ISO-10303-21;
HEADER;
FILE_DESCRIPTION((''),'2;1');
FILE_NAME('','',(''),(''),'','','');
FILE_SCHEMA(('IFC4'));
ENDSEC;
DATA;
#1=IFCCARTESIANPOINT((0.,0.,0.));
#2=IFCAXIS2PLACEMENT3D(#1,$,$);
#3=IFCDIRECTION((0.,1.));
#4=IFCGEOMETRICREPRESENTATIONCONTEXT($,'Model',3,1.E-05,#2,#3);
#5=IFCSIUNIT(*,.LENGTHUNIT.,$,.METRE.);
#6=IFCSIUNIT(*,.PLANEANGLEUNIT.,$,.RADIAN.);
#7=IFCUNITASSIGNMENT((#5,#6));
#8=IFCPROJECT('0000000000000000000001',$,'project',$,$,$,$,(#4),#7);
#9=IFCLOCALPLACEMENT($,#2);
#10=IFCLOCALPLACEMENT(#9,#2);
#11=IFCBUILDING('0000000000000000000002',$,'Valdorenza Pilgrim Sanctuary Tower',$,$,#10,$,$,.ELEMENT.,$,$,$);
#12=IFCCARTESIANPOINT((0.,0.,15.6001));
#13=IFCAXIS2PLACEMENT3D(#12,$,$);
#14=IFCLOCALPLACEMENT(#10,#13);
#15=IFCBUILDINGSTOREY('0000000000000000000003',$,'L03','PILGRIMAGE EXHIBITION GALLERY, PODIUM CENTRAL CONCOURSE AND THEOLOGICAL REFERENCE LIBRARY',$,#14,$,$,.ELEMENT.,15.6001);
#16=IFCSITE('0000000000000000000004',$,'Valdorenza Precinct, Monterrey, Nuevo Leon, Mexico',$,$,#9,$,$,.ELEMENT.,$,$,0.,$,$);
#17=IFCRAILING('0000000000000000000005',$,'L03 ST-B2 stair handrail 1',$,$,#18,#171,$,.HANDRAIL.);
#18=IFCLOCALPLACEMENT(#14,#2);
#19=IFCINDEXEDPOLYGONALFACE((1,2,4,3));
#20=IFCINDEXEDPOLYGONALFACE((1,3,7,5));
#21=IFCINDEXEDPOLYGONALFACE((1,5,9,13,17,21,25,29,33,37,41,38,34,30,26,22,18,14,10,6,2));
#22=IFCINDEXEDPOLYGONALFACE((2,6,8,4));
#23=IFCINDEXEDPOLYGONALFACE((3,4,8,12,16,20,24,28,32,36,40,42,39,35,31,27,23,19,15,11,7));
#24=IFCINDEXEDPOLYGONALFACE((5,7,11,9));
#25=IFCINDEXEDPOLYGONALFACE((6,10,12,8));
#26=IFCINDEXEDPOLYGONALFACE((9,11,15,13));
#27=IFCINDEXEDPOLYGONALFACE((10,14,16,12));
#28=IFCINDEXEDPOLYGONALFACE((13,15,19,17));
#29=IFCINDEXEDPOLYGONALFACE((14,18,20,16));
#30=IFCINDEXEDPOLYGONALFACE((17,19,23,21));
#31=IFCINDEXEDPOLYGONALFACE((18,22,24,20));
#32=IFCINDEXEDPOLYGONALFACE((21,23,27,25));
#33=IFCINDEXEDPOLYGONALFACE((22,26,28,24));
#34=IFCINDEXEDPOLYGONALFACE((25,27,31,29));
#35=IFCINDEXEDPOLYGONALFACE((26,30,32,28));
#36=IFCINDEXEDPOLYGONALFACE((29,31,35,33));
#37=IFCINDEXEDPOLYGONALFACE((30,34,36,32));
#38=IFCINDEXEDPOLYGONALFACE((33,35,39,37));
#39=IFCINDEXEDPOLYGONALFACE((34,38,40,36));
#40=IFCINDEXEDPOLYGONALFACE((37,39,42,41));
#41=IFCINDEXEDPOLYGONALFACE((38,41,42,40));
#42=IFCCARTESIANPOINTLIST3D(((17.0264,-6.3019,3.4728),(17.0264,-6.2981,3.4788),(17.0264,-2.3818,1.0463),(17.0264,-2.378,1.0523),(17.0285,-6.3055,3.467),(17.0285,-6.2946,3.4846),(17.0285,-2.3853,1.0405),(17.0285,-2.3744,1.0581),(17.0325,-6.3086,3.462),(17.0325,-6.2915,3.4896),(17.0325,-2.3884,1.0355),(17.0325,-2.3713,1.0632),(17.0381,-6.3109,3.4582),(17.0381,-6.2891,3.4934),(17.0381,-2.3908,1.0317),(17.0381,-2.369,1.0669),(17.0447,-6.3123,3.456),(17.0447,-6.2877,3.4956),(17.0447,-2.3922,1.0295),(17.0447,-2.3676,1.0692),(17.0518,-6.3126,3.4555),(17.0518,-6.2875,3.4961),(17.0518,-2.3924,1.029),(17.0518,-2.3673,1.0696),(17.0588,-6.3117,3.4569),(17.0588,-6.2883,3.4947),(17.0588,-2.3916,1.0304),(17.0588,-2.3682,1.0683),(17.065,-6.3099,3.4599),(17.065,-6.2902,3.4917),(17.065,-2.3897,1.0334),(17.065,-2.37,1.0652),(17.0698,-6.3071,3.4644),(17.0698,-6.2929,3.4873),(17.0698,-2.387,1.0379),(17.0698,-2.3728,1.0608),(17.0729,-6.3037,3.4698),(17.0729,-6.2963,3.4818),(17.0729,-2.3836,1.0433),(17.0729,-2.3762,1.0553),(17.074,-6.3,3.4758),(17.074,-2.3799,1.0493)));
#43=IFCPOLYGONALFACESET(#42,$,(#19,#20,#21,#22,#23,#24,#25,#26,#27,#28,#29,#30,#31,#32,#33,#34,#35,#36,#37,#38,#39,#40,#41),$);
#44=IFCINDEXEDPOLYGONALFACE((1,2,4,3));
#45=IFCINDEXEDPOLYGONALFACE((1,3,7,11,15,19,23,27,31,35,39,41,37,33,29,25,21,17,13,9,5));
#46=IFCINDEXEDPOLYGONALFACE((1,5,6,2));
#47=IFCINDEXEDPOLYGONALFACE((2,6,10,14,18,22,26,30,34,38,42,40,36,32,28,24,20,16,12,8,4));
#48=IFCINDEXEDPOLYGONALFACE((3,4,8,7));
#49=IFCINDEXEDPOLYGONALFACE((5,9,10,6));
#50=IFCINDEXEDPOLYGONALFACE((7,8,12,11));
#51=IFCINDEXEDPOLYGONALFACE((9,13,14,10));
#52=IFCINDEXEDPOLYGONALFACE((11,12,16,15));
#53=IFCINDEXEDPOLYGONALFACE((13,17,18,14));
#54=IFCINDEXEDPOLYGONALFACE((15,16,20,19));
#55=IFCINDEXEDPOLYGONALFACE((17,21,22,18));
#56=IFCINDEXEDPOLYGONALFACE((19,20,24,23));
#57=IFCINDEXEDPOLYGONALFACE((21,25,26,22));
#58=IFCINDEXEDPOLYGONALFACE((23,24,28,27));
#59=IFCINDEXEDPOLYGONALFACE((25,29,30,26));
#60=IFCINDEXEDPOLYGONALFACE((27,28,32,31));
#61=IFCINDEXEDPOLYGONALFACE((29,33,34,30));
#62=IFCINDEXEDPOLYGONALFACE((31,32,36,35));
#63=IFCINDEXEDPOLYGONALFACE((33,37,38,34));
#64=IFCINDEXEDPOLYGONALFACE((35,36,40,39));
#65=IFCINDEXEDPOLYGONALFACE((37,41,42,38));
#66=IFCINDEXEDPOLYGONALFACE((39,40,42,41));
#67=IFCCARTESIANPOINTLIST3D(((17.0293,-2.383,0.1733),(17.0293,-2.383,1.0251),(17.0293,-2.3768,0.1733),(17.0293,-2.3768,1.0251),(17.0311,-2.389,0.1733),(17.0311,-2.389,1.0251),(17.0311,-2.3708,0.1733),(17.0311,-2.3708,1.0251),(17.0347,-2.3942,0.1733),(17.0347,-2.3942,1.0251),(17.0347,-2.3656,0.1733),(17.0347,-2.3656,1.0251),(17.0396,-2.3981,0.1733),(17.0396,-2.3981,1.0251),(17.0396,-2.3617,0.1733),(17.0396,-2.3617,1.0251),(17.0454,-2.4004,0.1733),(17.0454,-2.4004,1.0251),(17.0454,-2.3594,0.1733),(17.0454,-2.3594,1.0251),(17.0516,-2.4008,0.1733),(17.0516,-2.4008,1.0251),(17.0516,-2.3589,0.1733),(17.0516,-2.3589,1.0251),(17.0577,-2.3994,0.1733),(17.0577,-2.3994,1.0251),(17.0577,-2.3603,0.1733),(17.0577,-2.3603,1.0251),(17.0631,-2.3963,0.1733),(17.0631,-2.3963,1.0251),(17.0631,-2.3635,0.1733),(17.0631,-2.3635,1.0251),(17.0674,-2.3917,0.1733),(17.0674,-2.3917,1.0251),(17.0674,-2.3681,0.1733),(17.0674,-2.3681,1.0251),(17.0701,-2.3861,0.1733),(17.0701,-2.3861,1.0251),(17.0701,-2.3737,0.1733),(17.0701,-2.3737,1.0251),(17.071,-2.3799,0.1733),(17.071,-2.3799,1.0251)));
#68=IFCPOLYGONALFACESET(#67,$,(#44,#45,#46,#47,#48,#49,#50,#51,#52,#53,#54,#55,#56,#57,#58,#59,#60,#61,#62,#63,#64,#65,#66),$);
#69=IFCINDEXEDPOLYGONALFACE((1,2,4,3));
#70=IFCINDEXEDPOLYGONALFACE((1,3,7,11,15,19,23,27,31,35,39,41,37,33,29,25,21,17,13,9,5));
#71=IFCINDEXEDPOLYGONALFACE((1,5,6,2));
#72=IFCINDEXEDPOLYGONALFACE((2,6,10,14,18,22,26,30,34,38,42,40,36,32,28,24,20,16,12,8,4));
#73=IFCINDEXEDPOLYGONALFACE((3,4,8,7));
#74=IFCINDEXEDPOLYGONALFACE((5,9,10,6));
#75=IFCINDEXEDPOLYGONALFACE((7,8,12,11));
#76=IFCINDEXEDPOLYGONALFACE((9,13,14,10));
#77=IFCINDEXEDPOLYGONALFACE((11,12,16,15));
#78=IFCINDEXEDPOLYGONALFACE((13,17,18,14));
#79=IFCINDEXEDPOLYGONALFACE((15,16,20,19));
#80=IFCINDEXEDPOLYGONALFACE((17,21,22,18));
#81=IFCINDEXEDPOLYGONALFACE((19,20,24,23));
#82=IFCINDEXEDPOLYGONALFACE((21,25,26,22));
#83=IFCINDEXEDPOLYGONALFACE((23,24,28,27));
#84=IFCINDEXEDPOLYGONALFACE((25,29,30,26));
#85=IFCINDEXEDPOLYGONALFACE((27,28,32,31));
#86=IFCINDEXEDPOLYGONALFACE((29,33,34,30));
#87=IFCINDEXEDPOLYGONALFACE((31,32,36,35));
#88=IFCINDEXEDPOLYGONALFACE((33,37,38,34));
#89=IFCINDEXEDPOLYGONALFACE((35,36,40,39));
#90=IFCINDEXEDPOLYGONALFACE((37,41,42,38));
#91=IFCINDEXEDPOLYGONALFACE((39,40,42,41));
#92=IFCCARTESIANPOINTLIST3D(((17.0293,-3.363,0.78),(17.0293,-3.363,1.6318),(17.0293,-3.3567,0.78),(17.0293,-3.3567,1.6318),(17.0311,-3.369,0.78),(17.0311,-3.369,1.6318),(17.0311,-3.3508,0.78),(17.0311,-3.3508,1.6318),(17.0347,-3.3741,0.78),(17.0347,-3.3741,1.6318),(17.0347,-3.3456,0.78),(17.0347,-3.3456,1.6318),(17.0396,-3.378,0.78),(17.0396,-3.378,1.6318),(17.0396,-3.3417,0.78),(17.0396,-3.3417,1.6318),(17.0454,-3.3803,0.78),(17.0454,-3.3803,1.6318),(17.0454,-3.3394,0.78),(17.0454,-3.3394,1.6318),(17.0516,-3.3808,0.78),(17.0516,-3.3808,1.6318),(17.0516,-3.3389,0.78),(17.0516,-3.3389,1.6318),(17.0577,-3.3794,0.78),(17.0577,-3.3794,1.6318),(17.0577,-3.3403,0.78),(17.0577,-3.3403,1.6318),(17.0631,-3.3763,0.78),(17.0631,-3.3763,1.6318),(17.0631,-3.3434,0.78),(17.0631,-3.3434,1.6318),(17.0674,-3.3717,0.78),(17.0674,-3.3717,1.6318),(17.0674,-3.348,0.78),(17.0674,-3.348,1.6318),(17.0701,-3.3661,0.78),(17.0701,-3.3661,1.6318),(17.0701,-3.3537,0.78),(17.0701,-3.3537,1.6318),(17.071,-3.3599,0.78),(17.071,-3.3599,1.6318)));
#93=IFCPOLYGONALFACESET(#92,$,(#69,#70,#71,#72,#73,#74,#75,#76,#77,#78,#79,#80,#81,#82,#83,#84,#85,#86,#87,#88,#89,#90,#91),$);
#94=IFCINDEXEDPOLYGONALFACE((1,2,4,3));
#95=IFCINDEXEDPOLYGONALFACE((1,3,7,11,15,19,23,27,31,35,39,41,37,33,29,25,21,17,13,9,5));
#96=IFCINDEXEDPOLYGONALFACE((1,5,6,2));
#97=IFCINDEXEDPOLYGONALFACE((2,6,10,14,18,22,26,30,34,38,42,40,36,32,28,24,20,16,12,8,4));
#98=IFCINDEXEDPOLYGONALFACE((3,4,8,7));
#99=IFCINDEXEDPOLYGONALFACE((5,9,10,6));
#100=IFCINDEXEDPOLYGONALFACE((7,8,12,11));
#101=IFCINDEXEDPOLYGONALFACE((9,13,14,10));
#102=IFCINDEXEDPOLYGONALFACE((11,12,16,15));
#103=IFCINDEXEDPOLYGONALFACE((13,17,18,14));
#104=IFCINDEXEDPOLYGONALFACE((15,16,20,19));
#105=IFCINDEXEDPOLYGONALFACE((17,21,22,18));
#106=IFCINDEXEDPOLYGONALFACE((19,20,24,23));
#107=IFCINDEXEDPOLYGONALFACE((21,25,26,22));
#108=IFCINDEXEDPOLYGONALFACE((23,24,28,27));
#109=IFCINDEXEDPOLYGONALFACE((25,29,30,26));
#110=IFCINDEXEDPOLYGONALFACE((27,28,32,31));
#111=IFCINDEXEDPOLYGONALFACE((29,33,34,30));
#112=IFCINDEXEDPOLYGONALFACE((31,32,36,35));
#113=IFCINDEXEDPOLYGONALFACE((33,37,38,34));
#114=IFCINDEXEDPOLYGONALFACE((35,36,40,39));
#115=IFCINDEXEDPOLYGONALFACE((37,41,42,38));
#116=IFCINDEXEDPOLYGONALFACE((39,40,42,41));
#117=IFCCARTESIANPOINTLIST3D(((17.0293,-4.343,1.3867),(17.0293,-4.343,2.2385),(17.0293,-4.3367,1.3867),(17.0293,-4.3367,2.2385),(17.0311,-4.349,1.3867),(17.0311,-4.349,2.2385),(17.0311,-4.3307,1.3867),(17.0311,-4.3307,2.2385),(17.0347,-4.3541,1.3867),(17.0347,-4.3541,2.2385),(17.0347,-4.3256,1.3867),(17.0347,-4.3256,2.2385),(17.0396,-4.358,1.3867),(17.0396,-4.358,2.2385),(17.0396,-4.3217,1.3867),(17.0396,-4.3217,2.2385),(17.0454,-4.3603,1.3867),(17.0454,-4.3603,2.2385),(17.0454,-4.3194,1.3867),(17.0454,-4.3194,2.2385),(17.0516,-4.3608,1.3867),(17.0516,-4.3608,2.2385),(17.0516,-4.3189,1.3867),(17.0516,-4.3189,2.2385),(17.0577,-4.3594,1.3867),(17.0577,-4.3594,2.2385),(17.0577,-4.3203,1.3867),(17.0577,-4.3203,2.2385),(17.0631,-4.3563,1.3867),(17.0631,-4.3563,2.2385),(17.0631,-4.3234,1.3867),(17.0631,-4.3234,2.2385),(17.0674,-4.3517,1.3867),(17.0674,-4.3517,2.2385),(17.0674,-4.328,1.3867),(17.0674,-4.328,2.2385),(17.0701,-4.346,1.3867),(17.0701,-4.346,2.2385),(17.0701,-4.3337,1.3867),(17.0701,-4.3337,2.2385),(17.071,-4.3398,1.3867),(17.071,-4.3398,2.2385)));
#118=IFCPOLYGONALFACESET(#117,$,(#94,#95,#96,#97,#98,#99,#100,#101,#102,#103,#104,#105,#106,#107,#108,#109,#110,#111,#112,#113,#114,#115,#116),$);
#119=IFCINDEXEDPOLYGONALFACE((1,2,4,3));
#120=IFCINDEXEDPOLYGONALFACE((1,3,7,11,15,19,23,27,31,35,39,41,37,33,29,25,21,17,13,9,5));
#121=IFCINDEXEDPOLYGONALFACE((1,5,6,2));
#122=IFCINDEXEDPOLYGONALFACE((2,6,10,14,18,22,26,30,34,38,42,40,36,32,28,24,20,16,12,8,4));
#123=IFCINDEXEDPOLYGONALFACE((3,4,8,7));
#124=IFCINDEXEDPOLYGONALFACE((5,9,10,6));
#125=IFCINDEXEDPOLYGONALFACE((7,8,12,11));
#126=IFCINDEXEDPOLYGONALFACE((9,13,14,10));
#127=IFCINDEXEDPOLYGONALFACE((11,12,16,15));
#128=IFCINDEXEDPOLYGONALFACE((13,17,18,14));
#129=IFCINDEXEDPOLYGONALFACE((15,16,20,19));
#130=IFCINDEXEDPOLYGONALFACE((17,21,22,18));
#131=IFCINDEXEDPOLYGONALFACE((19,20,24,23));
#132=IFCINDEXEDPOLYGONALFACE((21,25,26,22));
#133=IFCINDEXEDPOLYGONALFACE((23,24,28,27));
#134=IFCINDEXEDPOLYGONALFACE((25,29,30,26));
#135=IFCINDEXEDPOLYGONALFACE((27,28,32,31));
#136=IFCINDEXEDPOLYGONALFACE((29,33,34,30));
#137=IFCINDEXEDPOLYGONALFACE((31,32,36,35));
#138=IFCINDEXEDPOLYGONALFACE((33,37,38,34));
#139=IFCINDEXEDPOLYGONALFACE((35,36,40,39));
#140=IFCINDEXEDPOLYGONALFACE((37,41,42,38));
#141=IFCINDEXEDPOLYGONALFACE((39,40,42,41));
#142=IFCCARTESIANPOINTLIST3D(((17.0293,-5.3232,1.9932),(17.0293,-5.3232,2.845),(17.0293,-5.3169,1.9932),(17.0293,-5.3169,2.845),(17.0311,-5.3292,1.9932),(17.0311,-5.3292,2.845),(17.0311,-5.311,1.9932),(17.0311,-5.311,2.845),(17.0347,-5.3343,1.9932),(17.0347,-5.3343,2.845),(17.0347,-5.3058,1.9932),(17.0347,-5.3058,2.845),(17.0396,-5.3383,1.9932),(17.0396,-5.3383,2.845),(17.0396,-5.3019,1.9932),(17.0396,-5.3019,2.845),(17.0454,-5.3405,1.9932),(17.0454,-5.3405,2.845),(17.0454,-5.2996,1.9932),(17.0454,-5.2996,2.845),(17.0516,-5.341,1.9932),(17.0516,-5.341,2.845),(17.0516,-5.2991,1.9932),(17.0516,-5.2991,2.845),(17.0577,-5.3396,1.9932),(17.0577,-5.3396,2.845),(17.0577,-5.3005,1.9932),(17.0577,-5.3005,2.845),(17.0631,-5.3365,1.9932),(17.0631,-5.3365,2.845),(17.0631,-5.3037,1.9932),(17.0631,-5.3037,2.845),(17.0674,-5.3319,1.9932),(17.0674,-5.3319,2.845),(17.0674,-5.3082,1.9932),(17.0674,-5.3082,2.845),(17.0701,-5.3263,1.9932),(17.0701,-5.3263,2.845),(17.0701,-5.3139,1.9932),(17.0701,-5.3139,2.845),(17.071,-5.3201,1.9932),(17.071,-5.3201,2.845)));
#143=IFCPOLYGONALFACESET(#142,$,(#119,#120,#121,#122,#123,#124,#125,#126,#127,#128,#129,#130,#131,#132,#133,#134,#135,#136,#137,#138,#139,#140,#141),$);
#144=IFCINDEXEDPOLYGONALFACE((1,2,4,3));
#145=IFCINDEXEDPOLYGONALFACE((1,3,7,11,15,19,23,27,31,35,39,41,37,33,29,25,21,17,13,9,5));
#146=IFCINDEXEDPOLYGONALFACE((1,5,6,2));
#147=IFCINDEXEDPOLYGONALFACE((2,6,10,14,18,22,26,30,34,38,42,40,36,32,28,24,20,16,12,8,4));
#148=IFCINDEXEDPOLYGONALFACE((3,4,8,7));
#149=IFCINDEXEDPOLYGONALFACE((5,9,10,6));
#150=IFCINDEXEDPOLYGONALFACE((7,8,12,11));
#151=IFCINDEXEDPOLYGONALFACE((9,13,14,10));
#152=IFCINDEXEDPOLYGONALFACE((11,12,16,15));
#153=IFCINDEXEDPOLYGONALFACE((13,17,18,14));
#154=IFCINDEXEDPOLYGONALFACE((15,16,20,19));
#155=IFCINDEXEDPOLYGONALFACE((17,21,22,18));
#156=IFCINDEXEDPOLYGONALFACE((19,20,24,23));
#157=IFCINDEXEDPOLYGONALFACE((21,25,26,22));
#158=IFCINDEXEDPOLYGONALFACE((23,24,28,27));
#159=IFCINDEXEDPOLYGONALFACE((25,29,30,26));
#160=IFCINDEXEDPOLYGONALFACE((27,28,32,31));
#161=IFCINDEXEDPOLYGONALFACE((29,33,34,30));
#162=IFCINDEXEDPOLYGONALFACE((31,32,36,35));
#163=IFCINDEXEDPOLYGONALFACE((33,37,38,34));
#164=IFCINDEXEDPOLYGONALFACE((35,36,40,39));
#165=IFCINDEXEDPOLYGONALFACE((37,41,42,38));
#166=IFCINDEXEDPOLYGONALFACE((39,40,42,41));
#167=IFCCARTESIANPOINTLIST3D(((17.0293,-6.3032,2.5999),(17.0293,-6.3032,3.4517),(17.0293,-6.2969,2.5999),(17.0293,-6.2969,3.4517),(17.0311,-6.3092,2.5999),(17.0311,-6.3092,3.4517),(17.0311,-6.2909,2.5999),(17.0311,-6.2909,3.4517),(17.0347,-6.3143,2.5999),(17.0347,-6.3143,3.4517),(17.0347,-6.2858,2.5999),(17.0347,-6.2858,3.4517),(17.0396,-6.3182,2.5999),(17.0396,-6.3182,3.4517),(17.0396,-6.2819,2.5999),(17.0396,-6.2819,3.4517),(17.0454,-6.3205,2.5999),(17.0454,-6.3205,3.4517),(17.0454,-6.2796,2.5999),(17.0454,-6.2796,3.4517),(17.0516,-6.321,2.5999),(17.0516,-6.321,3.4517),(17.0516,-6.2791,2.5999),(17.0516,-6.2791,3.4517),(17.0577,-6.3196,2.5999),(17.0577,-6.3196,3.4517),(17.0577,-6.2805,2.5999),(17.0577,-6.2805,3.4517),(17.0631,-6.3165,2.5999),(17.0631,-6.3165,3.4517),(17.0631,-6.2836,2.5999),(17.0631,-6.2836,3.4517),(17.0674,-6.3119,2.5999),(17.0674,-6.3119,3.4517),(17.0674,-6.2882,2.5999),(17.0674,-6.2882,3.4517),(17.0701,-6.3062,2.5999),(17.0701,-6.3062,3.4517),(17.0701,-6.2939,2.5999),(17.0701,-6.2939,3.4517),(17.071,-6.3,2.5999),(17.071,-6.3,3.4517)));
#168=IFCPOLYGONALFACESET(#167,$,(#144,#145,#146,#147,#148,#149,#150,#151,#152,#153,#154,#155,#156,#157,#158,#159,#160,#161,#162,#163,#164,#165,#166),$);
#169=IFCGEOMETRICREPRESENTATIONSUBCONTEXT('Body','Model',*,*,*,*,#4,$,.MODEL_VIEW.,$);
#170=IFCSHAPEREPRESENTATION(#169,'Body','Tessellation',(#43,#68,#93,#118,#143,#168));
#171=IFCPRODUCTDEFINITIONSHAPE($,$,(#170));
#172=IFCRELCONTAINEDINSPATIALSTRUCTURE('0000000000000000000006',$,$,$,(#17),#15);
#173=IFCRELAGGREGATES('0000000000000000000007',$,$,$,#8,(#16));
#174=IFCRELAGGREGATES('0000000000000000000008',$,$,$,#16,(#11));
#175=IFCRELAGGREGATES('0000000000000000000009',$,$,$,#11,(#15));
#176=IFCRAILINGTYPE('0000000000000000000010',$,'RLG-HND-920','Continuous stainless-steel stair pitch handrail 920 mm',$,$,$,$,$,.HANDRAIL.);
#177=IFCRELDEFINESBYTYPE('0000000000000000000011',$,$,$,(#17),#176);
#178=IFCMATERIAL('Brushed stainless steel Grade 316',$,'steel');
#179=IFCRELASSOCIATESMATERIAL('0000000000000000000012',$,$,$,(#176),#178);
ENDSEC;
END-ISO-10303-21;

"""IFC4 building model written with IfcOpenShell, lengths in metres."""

from ifc_helpers import new_model, si_unit, direction, frame, origin, origin_2d, place, context, subcontext, project, spatial, circle, extrude, material, type_object, element, save


model = new_model("IFC4")

# Units and contexts
model_context = context("Model", 3, precision=1e-05, world=origin(), true_north=direction((0.0, 1.0)))
body_context = subcontext(model_context, "Body", "Model", "MODEL_VIEW")
ifc_project = project(units=[si_unit("LENGTHUNIT", "METRE"), si_unit("PLANEANGLEUNIT", "RADIAN")], contexts=[model_context])

# Site, building, storey
site_placement = place(None, origin())
site = spatial("IfcSite", under=ifc_project, at=site_placement, Name="Valdorenza Precinct, Monterrey, Nuevo Leon, Mexico", CompositionType="ELEMENT", RefElevation=0.0)
building_placement = place(site_placement, origin())
building = spatial("IfcBuilding", under=site, at=building_placement, Name="Valdorenza Pilgrim Sanctuary Tower", CompositionType="ELEMENT")
storey_placement = place(building_placement, frame((0.0, 0.0, 15.6001)))
storey = spatial("IfcBuildingStorey", under=building, at=storey_placement, Name="L03", Description="PILGRIMAGE EXHIBITION GALLERY, PODIUM CENTRAL CONCOURSE AND THEOLOGICAL REFERENCE LIBRARY", CompositionType="ELEMENT", Elevation=15.6001)

# Railing
ifc_material_1 = material(Name="Brushed stainless steel Grade 316", Category="steel")
railing_type_1 = type_object("IfcRailingType", Name="RLG-HND-920", Description="Continuous stainless-steel stair pitch handrail 920 mm", PredefinedType="HANDRAIL", material=ifc_material_1)
railing_1_placement = place(storey_placement, frame((17.05, -2.3799, 0.1733)))
element("IfcRailing", 1, at=railing_1_placement, inside=storey, type_object=railing_type_1, Name="L03 ST-B2 stair handrail 1", PredefinedType="HANDRAIL", context=body_context, shape_type="SweptSolid", body=[
    extrude(circle(Radius=0.0239, at=origin_2d()), frame((0.0, 0.0, 0.876), z_axis=(0.0, -0.85029, 0.526315), x_axis=(1.0, 0.0, 0.0)), (0.0, 0.0, 1.0), 4.6104),
    extrude(circle(Radius=0.021, at=origin_2d()), origin(), (0.0, 0.0, 1.0), 0.8518),
    extrude(circle(Radius=0.021, at=origin_2d()), frame((0.0, -0.98, 0.6067)), (0.0, 0.0, 1.0), 0.8518),
    extrude(circle(Radius=0.021, at=origin_2d()), frame((0.0, -1.96, 1.2134)), (0.0, 0.0, 1.0), 0.8518),
    extrude(circle(Radius=0.021, at=origin_2d()), frame((0.0, -2.9402, 1.8198)), (0.0, 0.0, 1.0), 0.8518),
    extrude(circle(Radius=0.021, at=origin_2d()), frame((0.0, -3.9202, 2.4265)), (0.0, 0.0, 1.0), 0.8518),
])

save(model, "model.ifc")
